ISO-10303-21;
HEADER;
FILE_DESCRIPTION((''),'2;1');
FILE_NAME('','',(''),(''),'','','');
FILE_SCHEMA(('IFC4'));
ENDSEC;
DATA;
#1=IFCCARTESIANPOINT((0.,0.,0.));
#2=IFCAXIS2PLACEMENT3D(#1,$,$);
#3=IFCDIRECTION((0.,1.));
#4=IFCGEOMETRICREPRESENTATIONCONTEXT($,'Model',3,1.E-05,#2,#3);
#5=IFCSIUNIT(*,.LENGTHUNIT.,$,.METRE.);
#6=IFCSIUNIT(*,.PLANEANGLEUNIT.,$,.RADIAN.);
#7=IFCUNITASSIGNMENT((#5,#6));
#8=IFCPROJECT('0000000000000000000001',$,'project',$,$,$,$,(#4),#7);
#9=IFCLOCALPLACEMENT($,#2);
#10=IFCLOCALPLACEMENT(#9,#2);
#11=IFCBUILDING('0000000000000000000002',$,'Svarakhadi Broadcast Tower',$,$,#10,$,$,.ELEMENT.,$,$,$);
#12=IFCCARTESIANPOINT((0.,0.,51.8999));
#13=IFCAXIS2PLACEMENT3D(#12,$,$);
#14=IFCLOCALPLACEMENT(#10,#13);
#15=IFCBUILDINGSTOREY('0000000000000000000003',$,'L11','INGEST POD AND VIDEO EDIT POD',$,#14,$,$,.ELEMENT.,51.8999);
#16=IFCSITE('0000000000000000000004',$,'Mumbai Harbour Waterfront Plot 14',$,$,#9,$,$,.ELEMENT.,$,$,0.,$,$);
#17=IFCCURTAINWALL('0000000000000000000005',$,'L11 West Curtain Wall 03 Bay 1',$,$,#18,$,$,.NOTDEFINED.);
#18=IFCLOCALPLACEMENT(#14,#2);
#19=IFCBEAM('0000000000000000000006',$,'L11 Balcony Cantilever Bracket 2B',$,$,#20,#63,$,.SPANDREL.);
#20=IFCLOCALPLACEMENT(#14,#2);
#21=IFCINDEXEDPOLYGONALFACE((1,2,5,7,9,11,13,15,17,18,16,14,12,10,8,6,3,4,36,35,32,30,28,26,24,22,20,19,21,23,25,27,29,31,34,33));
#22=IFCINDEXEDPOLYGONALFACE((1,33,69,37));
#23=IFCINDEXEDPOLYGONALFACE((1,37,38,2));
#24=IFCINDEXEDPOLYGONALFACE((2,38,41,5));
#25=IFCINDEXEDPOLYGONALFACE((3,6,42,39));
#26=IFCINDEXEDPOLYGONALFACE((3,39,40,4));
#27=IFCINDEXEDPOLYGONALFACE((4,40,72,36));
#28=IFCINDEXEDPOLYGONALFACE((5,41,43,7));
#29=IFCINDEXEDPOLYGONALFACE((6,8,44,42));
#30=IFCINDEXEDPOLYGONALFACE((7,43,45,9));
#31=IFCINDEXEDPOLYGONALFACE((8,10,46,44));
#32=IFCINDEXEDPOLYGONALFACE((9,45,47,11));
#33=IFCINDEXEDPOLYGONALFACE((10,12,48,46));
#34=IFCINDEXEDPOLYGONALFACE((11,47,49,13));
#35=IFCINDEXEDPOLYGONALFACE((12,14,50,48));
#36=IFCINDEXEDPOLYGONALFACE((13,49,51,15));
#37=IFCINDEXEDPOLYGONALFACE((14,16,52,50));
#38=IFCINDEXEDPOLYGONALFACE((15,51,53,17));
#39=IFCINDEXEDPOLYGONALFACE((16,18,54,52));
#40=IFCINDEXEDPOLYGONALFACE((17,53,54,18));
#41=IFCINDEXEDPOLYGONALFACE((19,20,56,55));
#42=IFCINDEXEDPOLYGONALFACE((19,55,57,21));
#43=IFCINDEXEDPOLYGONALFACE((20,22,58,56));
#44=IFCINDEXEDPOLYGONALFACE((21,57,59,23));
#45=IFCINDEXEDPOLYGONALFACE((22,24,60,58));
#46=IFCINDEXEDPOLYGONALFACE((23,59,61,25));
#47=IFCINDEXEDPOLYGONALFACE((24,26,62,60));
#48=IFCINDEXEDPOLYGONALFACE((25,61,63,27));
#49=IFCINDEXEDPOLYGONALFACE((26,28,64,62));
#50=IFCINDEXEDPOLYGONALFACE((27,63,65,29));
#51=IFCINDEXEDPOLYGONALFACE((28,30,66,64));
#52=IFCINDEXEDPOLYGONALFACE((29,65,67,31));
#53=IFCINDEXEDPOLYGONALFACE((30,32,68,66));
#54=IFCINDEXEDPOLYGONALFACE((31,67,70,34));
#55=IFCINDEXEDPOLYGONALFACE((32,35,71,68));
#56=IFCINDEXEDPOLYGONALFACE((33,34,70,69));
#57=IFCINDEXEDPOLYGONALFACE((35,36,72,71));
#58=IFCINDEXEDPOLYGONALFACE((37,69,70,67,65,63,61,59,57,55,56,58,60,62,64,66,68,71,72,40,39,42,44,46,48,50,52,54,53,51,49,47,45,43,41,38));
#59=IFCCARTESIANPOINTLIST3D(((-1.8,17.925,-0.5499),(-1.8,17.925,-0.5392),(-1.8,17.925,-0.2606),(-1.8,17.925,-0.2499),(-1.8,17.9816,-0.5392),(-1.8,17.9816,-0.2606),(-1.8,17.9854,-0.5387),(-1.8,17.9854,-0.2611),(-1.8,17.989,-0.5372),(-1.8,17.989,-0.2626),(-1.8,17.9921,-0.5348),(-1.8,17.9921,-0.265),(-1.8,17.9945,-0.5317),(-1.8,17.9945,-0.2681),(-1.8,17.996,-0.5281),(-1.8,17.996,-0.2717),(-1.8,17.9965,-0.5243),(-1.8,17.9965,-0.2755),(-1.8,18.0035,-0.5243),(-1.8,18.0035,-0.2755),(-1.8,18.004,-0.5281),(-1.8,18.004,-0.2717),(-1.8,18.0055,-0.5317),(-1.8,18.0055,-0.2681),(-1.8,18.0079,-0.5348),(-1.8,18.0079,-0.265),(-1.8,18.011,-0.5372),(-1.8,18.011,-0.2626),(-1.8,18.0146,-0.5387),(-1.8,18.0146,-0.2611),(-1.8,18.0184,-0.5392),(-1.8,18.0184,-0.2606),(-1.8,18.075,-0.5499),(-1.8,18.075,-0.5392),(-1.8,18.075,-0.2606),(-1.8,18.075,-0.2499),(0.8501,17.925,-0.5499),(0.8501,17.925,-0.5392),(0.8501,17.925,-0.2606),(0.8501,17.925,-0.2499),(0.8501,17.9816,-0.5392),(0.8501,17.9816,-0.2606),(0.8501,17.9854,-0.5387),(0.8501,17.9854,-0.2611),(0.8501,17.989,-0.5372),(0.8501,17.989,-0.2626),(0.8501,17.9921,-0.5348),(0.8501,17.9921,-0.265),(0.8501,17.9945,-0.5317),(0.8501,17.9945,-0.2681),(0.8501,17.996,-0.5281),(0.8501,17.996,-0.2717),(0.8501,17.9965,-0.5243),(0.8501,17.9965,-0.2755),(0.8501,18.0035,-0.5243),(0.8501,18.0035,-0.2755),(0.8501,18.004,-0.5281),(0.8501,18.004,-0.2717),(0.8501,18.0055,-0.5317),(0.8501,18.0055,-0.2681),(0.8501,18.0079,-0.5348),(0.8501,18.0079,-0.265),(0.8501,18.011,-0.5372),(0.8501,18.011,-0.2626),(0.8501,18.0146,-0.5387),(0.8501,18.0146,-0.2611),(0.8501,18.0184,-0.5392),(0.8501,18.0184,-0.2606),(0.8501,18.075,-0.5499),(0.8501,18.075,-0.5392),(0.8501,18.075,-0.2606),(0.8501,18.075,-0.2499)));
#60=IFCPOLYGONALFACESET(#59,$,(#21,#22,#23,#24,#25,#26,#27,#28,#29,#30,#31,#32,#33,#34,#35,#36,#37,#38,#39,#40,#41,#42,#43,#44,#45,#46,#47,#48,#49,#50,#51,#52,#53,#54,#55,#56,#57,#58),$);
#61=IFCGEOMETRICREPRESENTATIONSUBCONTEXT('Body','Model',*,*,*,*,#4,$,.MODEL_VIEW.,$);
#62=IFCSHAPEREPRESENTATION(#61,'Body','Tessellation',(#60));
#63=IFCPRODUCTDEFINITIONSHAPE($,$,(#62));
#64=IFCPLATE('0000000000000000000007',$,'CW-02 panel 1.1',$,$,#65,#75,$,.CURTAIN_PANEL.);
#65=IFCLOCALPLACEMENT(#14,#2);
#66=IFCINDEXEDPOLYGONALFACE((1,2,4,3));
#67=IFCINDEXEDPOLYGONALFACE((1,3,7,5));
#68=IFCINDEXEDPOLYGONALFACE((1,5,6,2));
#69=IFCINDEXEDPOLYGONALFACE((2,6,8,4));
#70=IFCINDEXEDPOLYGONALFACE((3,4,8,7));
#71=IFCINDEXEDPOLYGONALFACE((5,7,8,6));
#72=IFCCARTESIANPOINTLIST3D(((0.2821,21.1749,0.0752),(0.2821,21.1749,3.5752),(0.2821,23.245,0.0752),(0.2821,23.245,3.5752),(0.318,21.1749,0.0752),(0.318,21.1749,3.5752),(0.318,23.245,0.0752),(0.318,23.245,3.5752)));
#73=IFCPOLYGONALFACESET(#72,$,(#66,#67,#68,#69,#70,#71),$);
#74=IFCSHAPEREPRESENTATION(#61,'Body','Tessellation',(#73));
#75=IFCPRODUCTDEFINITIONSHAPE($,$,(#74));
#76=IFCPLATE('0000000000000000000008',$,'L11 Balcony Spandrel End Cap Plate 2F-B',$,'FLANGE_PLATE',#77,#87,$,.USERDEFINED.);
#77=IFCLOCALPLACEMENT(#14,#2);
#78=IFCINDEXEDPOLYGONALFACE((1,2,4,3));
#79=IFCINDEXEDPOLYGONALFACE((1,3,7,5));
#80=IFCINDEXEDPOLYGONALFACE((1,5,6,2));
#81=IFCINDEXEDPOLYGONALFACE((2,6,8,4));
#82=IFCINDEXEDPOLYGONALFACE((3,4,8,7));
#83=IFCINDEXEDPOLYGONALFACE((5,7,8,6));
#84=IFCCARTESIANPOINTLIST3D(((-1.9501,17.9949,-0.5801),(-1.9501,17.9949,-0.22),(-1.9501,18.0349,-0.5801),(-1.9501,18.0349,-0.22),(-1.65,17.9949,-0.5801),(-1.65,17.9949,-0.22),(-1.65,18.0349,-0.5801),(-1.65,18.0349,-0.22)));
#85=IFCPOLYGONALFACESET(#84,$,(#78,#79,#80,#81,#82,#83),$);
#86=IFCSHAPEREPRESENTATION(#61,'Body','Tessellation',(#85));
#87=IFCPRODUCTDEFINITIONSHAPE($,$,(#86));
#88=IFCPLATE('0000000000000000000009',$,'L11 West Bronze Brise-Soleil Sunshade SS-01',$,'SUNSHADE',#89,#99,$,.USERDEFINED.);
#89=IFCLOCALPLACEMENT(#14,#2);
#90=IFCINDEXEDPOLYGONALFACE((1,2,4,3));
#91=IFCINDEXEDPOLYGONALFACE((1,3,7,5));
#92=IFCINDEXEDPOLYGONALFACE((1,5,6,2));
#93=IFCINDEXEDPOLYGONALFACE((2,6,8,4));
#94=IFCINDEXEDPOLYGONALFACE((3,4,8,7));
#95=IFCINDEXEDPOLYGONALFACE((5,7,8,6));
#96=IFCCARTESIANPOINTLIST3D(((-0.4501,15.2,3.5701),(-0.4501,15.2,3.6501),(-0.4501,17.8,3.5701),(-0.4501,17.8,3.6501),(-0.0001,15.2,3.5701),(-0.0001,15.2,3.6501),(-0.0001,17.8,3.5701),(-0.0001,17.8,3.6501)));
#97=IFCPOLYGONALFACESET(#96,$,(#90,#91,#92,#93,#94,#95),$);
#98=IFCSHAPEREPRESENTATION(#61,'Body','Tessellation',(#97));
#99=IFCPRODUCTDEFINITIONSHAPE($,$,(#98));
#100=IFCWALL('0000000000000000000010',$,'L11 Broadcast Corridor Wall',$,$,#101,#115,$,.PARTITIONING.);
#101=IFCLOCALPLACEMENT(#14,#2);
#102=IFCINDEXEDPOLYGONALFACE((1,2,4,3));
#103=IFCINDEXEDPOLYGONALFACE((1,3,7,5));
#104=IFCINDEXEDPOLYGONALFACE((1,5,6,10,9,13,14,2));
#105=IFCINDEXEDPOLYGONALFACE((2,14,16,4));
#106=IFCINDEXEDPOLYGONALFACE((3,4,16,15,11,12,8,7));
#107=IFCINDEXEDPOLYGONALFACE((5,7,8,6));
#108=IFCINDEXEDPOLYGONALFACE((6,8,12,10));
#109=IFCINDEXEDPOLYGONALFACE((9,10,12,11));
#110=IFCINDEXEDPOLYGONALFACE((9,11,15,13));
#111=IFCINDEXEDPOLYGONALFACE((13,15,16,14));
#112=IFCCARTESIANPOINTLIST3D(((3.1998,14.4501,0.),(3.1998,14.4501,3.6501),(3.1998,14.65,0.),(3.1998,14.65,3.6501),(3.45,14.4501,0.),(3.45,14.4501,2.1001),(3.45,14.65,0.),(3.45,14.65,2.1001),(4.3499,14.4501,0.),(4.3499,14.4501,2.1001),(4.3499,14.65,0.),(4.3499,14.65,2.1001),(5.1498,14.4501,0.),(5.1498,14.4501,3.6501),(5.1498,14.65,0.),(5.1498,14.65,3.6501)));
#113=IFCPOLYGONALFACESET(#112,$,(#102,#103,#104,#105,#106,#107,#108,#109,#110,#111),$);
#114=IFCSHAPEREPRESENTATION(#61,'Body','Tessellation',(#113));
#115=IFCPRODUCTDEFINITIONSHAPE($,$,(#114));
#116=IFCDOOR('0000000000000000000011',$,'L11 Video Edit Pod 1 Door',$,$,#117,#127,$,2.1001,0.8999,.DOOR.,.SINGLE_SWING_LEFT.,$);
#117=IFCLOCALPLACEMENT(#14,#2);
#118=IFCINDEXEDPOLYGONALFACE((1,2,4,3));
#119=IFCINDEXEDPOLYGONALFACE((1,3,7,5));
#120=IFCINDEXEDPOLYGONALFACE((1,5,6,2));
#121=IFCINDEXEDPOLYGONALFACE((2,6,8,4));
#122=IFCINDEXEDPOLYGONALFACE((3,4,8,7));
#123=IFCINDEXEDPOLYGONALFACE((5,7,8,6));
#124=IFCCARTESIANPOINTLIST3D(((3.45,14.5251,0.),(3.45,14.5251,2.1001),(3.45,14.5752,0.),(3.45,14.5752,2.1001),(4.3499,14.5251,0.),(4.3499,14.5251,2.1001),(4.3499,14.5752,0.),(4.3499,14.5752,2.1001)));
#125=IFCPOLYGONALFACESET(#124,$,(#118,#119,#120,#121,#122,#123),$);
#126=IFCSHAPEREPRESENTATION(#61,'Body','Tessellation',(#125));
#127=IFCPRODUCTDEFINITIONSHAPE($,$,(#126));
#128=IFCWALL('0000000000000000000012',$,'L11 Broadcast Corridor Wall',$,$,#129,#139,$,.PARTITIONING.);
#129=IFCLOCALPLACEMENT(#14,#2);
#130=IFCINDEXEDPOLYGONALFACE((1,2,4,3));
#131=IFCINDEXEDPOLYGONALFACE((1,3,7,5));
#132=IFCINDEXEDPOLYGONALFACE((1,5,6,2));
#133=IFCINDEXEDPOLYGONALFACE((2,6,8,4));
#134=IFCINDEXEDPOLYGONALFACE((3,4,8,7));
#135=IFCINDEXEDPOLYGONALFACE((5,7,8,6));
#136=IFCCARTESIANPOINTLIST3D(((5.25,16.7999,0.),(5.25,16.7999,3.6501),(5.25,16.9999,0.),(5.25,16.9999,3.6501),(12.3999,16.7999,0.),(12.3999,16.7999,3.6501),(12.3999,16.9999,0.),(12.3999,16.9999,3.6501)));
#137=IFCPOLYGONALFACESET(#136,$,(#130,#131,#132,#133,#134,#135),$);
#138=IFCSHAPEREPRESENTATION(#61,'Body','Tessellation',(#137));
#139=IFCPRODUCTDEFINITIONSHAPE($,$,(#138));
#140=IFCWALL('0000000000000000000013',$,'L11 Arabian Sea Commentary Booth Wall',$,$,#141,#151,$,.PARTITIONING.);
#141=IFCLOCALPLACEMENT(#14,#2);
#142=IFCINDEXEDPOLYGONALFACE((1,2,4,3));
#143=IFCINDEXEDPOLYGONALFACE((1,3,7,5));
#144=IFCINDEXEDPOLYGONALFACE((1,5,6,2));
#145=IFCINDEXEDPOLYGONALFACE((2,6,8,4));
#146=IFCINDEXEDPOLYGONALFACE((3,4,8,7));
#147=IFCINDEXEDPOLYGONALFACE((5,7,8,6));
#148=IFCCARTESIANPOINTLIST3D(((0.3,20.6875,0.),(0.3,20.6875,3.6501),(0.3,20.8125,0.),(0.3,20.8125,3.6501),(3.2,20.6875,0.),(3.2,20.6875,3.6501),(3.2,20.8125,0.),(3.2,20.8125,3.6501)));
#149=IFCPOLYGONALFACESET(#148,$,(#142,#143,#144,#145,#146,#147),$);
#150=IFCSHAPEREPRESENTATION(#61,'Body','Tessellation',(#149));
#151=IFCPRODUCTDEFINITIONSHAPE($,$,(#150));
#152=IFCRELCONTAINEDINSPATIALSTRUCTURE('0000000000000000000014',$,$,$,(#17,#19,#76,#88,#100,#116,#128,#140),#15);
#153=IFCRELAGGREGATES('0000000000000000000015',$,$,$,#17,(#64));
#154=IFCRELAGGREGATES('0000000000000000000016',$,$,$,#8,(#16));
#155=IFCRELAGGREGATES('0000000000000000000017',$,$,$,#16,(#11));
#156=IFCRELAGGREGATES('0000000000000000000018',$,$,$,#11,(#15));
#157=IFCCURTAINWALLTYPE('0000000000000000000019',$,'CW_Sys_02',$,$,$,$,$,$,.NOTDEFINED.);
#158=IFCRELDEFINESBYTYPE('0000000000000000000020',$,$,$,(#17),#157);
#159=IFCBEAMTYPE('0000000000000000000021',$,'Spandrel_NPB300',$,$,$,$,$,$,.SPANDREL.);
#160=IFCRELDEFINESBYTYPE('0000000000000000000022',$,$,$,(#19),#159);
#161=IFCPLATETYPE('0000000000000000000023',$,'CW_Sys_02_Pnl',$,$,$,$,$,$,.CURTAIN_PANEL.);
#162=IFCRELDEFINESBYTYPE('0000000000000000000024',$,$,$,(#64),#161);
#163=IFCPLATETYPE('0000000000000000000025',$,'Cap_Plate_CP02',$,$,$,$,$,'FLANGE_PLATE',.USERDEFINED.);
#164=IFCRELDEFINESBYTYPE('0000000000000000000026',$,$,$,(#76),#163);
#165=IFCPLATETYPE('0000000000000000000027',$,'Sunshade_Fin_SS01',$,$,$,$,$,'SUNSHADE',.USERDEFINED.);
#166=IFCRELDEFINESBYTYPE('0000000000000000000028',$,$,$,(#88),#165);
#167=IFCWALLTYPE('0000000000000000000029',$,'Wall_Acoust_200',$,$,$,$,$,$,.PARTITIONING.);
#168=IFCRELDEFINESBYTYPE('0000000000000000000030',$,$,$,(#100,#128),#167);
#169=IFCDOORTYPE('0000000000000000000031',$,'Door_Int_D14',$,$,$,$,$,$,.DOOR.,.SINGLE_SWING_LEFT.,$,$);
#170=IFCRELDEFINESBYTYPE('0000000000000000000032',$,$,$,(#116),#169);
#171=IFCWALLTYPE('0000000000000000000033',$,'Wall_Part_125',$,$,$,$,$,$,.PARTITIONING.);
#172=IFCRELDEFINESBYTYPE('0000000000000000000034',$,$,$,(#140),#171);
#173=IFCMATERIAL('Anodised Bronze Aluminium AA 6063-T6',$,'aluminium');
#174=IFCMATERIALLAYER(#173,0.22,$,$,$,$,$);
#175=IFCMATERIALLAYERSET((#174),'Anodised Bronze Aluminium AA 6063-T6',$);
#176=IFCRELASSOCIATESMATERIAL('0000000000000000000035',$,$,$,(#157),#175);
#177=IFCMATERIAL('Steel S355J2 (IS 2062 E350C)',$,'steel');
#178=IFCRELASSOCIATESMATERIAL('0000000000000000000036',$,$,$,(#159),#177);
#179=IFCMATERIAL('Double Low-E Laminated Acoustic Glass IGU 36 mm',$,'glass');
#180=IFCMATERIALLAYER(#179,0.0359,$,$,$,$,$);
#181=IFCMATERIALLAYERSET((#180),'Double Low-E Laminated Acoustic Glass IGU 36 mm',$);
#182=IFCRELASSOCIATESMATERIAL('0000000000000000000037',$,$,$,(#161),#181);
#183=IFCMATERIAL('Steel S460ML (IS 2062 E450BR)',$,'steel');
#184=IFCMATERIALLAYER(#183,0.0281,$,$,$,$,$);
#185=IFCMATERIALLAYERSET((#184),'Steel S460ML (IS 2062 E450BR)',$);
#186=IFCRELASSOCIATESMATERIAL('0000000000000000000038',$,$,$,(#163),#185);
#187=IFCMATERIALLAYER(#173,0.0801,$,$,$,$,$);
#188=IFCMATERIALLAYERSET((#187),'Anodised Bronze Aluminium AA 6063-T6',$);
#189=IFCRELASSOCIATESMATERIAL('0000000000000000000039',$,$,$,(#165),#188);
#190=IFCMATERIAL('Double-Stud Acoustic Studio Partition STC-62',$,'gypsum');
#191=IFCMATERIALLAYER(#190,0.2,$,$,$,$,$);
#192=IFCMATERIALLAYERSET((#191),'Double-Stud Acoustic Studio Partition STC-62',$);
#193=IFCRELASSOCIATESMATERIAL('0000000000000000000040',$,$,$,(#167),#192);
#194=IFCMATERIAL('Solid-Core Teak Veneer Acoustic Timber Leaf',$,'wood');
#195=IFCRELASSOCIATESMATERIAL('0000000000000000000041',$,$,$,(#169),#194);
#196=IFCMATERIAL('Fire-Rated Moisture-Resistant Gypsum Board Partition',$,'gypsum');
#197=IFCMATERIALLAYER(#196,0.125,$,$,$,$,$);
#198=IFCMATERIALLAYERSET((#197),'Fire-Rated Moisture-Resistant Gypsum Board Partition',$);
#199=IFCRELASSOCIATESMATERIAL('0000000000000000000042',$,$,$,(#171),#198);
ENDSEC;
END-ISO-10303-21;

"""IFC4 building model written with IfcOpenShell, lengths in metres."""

from ifc_helpers import new_model, si_unit, direction, frame, frame_2d, origin, origin_2d, place, context, subcontext, project, spatial, rectangle, i_section, extrude, material, layer, layer_set, material_profile, profile_set, type_object, element, fill, aggregate, save


model = new_model("IFC4")

# Units and contexts
model_context = context("Model", 3, precision=1e-05, world=origin(), true_north=direction((0.0, 1.0)))
body_context = subcontext(model_context, "Body", "Model", "MODEL_VIEW")
ifc_project = project(units=[si_unit("LENGTHUNIT", "METRE"), si_unit("PLANEANGLEUNIT", "RADIAN")], contexts=[model_context])

# Site, building, storey
site_placement = place(None, origin())
site = spatial("IfcSite", under=ifc_project, at=site_placement, Name="Mumbai Harbour Waterfront Plot 14", CompositionType="ELEMENT", RefElevation=0.0)
building_placement = place(site_placement, origin())
building = spatial("IfcBuilding", under=site, at=building_placement, Name="Svarakhadi Broadcast Tower", CompositionType="ELEMENT")
storey_placement = place(building_placement, frame((0.0, 0.0, 51.8999)))
storey = spatial("IfcBuildingStorey", under=building, at=storey_placement, Name="L11", Description="INGEST POD AND VIDEO EDIT POD", CompositionType="ELEMENT", Elevation=51.8999)

# Shared definitions
ifc_material_1 = material(Name="Steel S460ML (IS 2062 E450BR)", Category="steel")

# Shared definitions
ifc_material_2 = material(Name="Steel S355J2 (IS 2062 E350C)", Category="steel")

# Curtain wall
ifc_material_3 = material(Name="Anodised Bronze Aluminium AA 6063-T6", Category="aluminium")
ifc_layer_1 = layer(ifc_material_3, 0.22)
ifc_layer_set_1 = layer_set([ifc_layer_1], Name="Anodised Bronze Aluminium AA 6063-T6")
curtain_wall_type = type_object("IfcCurtainWallType", Name="CW_Sys_02", PredefinedType="NOTDEFINED", material=ifc_layer_set_1)
curtain_wall_placement = place(storey_placement, origin())
curtain_wall = element("IfcCurtainWall", 1, at=curtain_wall_placement, inside=storey, type_object=curtain_wall_type, Name="L11 West Curtain Wall 03 Bay 1", PredefinedType="NOTDEFINED")

# Beam
ifc_material_profile_1 = material_profile(ifc_material_2, i_section(OverallWidth=0.1499, OverallDepth=0.3, WebThickness=0.0071, FlangeThickness=0.0107, FilletRadius=0.0149, at=origin_2d()), Name="NPB 300x150x37")
ifc_profile_set_1 = profile_set([ifc_material_profile_1], Name="Steel S355J2 (IS 2062 E350C)")
beam_type_1 = type_object("IfcBeamType", Name="Spandrel_NPB300", PredefinedType="SPANDREL", material=ifc_profile_set_1)
beam_1_placement = place(storey_placement, frame((0.8501, 18.0, -0.3999), z_axis=(-1.0, 0.0, 0.0), x_axis=(0.0, -1.0, 0.0)))
element("IfcBeam", 2, at=beam_1_placement, inside=storey, type_object=beam_type_1, Name="L11 Balcony Cantilever Bracket 2B", PredefinedType="SPANDREL", context=body_context, shape_type="SweptSolid", body=[
    extrude(i_section(OverallWidth=0.1499, OverallDepth=0.3, WebThickness=0.0071, FlangeThickness=0.0107, FilletRadius=0.0149, at=origin_2d()), origin(), (0.0, 0.0, 1.0), 2.6501),
])

# Plate
ifc_material_4 = material(Name="Double Low-E Laminated Acoustic Glass IGU 36 mm", Category="glass")
ifc_layer_2 = layer(ifc_material_4, 0.0359)
ifc_layer_set_2 = layer_set([ifc_layer_2], Name="Double Low-E Laminated Acoustic Glass IGU 36 mm")
plate_type_1 = type_object("IfcPlateType", Name="CW_Sys_02_Pnl", PredefinedType="CURTAIN_PANEL", material=ifc_layer_set_2)
plate_1_placement = place(storey_placement, frame((0.3, 22.21, 0.0752), z_axis=(0.0, 0.0, 1.0), x_axis=(0.0, 1.0, 0.0)))
plate_1 = element("IfcPlate", 3, at=plate_1_placement, type_object=plate_type_1, Name="CW-02 panel 1.1", PredefinedType="CURTAIN_PANEL", context=body_context, shape_type="SweptSolid", body=[
    extrude(rectangle(XDim=2.0701, YDim=0.0359, at=origin_2d()), origin(), (0.0, 0.0, 1.0), 3.5),
])
aggregate(curtain_wall, [plate_1])

# Plates
ifc_layer_3 = layer(ifc_material_1, 0.0281)
ifc_layer_set_3 = layer_set([ifc_layer_3], Name="Steel S460ML (IS 2062 E450BR)")
plate_type_2 = type_object("IfcPlateType", Name="Cap_Plate_CP02", ElementType="FLANGE_PLATE", PredefinedType="USERDEFINED", material=ifc_layer_set_3)
plate_2_placement = place(storey_placement, frame((-1.8, 18.0149, -0.5801), z_axis=(0.0, 0.0, 1.0), x_axis=(1.0, 0.0, 0.0)))
element("IfcPlate", 4, at=plate_2_placement, inside=storey, type_object=plate_type_2, Name="L11 Balcony Spandrel End Cap Plate 2F-B", ObjectType="FLANGE_PLATE", PredefinedType="USERDEFINED", context=body_context, shape_type="SweptSolid", body=[
    extrude(rectangle(XDim=0.3, YDim=0.04, at=origin_2d()), origin(), (0.0, 0.0, 1.0), 0.3601),
])
ifc_layer_4 = layer(ifc_material_3, 0.0801)
ifc_layer_set_4 = layer_set([ifc_layer_4], Name="Anodised Bronze Aluminium AA 6063-T6")
plate_type_3 = type_object("IfcPlateType", Name="Sunshade_Fin_SS01", ElementType="SUNSHADE", PredefinedType="USERDEFINED", material=ifc_layer_set_4)
plate_3_placement = place(storey_placement, frame((-0.2251, 16.5, 3.5701), z_axis=(0.0, 0.0, 1.0), x_axis=(0.0, 1.0, 0.0)))
element("IfcPlate", 5, at=plate_3_placement, inside=storey, type_object=plate_type_3, Name="L11 West Bronze Brise-Soleil Sunshade SS-01", ObjectType="SUNSHADE", PredefinedType="USERDEFINED", context=body_context, shape_type="SweptSolid", body=[
    extrude(rectangle(XDim=2.6001, YDim=0.45, at=origin_2d()), origin(), (0.0, 0.0, 1.0), 0.0801),
])

# Wall, opening, door
ifc_material_5 = material(Name="Double-Stud Acoustic Studio Partition STC-62", Category="gypsum")
ifc_layer_5 = layer(ifc_material_5, 0.2)
ifc_layer_set_5 = layer_set([ifc_layer_5], Name="Double-Stud Acoustic Studio Partition STC-62")
wall_type_1 = type_object("IfcWallType", Name="Wall_Acoust_200", PredefinedType="PARTITIONING", material=ifc_layer_set_5)
wall_1_placement = place(storey_placement, frame((5.1499, 14.55, 0.0), z_axis=(0.0, 0.0, 1.0), x_axis=(-1.0, 0.0, 0.0)))
wall_1 = element("IfcWall", 6, at=wall_1_placement, inside=storey, type_object=wall_type_1, Name="L11 Broadcast Corridor Wall", PredefinedType="PARTITIONING", context=body_context, shape_type="SweptSolid", body=[
    extrude(rectangle(XDim=1.95, YDim=0.2, at=frame_2d((0.9751, 0.0))), origin(), (0.0, 0.0, 1.0), 3.6501),
])
opening_placement = place(wall_1_placement, frame((0.8, 0.0, 0.0)))
opening = element("IfcOpeningElement", 7, at=opening_placement, cuts=wall_1, PredefinedType="OPENING", context=body_context, shape_type="SweptSolid", body=[
    extrude(rectangle(XDim=0.8999, YDim=2.1001, at=frame_2d((0.45, 1.05))), frame((0.0, 0.1099, 0.0), z_axis=(0.0, -1.0, 0.0), x_axis=(1.0, 0.0, 0.0)), (0.0, 0.0, 1.0), 0.22),
])
ifc_material_6 = material(Name="Solid-Core Teak Veneer Acoustic Timber Leaf", Category="wood")
door_type = type_object("IfcDoorType", Name="Door_Int_D14", OperationType="SINGLE_SWING_LEFT", PredefinedType="DOOR", material=ifc_material_6)
door_placement = place(opening_placement, origin())
door = element("IfcDoor", 8, at=door_placement, inside=storey, type_object=door_type, Name="L11 Video Edit Pod 1 Door", OperationType="SINGLE_SWING_LEFT", OverallHeight=2.1001, OverallWidth=0.8999, PredefinedType="DOOR", context=body_context, shape_type="SweptSolid", body=[
    extrude(rectangle(XDim=0.8999, YDim=2.1001, at=frame_2d((0.45, 1.05))), frame((0.0, 0.0249, 0.0), z_axis=(0.0, -1.0, 0.0), x_axis=(1.0, 0.0, 0.0)), (0.0, 0.0, 1.0), 0.05),
])
fill(opening, door)

# Walls
wall_2_placement = place(storey_placement, frame((5.25, 16.8999, 0.0), z_axis=(0.0, 0.0, 1.0), x_axis=(1.0, 0.0, 0.0)))
element("IfcWall", 9, at=wall_2_placement, inside=storey, type_object=wall_type_1, Name="L11 Broadcast Corridor Wall", PredefinedType="PARTITIONING", context=body_context, shape_type="SweptSolid", body=[
    extrude(rectangle(XDim=7.1499, YDim=0.2, at=frame_2d((3.575, 0.0))), origin(), (0.0, 0.0, 1.0), 3.6501),
])
ifc_material_7 = material(Name="Fire-Rated Moisture-Resistant Gypsum Board Partition", Category="gypsum")
ifc_layer_6 = layer(ifc_material_7, 0.125)
ifc_layer_set_6 = layer_set([ifc_layer_6], Name="Fire-Rated Moisture-Resistant Gypsum Board Partition")
wall_type_2 = type_object("IfcWallType", Name="Wall_Part_125", PredefinedType="PARTITIONING", material=ifc_layer_set_6)
wall_3_placement = place(storey_placement, frame((0.3, 20.75, 0.0), z_axis=(0.0, 0.0, 1.0), x_axis=(1.0, 0.0, 0.0)))
element("IfcWall", 10, at=wall_3_placement, inside=storey, type_object=wall_type_2, Name="L11 Arabian Sea Commentary Booth Wall", PredefinedType="PARTITIONING", context=body_context, shape_type="SweptSolid", body=[
    extrude(rectangle(XDim=2.8999, YDim=0.125, at=frame_2d((1.45, 0.0))), origin(), (0.0, 0.0, 1.0), 3.6501),
])

save(model, "model.ifc")
